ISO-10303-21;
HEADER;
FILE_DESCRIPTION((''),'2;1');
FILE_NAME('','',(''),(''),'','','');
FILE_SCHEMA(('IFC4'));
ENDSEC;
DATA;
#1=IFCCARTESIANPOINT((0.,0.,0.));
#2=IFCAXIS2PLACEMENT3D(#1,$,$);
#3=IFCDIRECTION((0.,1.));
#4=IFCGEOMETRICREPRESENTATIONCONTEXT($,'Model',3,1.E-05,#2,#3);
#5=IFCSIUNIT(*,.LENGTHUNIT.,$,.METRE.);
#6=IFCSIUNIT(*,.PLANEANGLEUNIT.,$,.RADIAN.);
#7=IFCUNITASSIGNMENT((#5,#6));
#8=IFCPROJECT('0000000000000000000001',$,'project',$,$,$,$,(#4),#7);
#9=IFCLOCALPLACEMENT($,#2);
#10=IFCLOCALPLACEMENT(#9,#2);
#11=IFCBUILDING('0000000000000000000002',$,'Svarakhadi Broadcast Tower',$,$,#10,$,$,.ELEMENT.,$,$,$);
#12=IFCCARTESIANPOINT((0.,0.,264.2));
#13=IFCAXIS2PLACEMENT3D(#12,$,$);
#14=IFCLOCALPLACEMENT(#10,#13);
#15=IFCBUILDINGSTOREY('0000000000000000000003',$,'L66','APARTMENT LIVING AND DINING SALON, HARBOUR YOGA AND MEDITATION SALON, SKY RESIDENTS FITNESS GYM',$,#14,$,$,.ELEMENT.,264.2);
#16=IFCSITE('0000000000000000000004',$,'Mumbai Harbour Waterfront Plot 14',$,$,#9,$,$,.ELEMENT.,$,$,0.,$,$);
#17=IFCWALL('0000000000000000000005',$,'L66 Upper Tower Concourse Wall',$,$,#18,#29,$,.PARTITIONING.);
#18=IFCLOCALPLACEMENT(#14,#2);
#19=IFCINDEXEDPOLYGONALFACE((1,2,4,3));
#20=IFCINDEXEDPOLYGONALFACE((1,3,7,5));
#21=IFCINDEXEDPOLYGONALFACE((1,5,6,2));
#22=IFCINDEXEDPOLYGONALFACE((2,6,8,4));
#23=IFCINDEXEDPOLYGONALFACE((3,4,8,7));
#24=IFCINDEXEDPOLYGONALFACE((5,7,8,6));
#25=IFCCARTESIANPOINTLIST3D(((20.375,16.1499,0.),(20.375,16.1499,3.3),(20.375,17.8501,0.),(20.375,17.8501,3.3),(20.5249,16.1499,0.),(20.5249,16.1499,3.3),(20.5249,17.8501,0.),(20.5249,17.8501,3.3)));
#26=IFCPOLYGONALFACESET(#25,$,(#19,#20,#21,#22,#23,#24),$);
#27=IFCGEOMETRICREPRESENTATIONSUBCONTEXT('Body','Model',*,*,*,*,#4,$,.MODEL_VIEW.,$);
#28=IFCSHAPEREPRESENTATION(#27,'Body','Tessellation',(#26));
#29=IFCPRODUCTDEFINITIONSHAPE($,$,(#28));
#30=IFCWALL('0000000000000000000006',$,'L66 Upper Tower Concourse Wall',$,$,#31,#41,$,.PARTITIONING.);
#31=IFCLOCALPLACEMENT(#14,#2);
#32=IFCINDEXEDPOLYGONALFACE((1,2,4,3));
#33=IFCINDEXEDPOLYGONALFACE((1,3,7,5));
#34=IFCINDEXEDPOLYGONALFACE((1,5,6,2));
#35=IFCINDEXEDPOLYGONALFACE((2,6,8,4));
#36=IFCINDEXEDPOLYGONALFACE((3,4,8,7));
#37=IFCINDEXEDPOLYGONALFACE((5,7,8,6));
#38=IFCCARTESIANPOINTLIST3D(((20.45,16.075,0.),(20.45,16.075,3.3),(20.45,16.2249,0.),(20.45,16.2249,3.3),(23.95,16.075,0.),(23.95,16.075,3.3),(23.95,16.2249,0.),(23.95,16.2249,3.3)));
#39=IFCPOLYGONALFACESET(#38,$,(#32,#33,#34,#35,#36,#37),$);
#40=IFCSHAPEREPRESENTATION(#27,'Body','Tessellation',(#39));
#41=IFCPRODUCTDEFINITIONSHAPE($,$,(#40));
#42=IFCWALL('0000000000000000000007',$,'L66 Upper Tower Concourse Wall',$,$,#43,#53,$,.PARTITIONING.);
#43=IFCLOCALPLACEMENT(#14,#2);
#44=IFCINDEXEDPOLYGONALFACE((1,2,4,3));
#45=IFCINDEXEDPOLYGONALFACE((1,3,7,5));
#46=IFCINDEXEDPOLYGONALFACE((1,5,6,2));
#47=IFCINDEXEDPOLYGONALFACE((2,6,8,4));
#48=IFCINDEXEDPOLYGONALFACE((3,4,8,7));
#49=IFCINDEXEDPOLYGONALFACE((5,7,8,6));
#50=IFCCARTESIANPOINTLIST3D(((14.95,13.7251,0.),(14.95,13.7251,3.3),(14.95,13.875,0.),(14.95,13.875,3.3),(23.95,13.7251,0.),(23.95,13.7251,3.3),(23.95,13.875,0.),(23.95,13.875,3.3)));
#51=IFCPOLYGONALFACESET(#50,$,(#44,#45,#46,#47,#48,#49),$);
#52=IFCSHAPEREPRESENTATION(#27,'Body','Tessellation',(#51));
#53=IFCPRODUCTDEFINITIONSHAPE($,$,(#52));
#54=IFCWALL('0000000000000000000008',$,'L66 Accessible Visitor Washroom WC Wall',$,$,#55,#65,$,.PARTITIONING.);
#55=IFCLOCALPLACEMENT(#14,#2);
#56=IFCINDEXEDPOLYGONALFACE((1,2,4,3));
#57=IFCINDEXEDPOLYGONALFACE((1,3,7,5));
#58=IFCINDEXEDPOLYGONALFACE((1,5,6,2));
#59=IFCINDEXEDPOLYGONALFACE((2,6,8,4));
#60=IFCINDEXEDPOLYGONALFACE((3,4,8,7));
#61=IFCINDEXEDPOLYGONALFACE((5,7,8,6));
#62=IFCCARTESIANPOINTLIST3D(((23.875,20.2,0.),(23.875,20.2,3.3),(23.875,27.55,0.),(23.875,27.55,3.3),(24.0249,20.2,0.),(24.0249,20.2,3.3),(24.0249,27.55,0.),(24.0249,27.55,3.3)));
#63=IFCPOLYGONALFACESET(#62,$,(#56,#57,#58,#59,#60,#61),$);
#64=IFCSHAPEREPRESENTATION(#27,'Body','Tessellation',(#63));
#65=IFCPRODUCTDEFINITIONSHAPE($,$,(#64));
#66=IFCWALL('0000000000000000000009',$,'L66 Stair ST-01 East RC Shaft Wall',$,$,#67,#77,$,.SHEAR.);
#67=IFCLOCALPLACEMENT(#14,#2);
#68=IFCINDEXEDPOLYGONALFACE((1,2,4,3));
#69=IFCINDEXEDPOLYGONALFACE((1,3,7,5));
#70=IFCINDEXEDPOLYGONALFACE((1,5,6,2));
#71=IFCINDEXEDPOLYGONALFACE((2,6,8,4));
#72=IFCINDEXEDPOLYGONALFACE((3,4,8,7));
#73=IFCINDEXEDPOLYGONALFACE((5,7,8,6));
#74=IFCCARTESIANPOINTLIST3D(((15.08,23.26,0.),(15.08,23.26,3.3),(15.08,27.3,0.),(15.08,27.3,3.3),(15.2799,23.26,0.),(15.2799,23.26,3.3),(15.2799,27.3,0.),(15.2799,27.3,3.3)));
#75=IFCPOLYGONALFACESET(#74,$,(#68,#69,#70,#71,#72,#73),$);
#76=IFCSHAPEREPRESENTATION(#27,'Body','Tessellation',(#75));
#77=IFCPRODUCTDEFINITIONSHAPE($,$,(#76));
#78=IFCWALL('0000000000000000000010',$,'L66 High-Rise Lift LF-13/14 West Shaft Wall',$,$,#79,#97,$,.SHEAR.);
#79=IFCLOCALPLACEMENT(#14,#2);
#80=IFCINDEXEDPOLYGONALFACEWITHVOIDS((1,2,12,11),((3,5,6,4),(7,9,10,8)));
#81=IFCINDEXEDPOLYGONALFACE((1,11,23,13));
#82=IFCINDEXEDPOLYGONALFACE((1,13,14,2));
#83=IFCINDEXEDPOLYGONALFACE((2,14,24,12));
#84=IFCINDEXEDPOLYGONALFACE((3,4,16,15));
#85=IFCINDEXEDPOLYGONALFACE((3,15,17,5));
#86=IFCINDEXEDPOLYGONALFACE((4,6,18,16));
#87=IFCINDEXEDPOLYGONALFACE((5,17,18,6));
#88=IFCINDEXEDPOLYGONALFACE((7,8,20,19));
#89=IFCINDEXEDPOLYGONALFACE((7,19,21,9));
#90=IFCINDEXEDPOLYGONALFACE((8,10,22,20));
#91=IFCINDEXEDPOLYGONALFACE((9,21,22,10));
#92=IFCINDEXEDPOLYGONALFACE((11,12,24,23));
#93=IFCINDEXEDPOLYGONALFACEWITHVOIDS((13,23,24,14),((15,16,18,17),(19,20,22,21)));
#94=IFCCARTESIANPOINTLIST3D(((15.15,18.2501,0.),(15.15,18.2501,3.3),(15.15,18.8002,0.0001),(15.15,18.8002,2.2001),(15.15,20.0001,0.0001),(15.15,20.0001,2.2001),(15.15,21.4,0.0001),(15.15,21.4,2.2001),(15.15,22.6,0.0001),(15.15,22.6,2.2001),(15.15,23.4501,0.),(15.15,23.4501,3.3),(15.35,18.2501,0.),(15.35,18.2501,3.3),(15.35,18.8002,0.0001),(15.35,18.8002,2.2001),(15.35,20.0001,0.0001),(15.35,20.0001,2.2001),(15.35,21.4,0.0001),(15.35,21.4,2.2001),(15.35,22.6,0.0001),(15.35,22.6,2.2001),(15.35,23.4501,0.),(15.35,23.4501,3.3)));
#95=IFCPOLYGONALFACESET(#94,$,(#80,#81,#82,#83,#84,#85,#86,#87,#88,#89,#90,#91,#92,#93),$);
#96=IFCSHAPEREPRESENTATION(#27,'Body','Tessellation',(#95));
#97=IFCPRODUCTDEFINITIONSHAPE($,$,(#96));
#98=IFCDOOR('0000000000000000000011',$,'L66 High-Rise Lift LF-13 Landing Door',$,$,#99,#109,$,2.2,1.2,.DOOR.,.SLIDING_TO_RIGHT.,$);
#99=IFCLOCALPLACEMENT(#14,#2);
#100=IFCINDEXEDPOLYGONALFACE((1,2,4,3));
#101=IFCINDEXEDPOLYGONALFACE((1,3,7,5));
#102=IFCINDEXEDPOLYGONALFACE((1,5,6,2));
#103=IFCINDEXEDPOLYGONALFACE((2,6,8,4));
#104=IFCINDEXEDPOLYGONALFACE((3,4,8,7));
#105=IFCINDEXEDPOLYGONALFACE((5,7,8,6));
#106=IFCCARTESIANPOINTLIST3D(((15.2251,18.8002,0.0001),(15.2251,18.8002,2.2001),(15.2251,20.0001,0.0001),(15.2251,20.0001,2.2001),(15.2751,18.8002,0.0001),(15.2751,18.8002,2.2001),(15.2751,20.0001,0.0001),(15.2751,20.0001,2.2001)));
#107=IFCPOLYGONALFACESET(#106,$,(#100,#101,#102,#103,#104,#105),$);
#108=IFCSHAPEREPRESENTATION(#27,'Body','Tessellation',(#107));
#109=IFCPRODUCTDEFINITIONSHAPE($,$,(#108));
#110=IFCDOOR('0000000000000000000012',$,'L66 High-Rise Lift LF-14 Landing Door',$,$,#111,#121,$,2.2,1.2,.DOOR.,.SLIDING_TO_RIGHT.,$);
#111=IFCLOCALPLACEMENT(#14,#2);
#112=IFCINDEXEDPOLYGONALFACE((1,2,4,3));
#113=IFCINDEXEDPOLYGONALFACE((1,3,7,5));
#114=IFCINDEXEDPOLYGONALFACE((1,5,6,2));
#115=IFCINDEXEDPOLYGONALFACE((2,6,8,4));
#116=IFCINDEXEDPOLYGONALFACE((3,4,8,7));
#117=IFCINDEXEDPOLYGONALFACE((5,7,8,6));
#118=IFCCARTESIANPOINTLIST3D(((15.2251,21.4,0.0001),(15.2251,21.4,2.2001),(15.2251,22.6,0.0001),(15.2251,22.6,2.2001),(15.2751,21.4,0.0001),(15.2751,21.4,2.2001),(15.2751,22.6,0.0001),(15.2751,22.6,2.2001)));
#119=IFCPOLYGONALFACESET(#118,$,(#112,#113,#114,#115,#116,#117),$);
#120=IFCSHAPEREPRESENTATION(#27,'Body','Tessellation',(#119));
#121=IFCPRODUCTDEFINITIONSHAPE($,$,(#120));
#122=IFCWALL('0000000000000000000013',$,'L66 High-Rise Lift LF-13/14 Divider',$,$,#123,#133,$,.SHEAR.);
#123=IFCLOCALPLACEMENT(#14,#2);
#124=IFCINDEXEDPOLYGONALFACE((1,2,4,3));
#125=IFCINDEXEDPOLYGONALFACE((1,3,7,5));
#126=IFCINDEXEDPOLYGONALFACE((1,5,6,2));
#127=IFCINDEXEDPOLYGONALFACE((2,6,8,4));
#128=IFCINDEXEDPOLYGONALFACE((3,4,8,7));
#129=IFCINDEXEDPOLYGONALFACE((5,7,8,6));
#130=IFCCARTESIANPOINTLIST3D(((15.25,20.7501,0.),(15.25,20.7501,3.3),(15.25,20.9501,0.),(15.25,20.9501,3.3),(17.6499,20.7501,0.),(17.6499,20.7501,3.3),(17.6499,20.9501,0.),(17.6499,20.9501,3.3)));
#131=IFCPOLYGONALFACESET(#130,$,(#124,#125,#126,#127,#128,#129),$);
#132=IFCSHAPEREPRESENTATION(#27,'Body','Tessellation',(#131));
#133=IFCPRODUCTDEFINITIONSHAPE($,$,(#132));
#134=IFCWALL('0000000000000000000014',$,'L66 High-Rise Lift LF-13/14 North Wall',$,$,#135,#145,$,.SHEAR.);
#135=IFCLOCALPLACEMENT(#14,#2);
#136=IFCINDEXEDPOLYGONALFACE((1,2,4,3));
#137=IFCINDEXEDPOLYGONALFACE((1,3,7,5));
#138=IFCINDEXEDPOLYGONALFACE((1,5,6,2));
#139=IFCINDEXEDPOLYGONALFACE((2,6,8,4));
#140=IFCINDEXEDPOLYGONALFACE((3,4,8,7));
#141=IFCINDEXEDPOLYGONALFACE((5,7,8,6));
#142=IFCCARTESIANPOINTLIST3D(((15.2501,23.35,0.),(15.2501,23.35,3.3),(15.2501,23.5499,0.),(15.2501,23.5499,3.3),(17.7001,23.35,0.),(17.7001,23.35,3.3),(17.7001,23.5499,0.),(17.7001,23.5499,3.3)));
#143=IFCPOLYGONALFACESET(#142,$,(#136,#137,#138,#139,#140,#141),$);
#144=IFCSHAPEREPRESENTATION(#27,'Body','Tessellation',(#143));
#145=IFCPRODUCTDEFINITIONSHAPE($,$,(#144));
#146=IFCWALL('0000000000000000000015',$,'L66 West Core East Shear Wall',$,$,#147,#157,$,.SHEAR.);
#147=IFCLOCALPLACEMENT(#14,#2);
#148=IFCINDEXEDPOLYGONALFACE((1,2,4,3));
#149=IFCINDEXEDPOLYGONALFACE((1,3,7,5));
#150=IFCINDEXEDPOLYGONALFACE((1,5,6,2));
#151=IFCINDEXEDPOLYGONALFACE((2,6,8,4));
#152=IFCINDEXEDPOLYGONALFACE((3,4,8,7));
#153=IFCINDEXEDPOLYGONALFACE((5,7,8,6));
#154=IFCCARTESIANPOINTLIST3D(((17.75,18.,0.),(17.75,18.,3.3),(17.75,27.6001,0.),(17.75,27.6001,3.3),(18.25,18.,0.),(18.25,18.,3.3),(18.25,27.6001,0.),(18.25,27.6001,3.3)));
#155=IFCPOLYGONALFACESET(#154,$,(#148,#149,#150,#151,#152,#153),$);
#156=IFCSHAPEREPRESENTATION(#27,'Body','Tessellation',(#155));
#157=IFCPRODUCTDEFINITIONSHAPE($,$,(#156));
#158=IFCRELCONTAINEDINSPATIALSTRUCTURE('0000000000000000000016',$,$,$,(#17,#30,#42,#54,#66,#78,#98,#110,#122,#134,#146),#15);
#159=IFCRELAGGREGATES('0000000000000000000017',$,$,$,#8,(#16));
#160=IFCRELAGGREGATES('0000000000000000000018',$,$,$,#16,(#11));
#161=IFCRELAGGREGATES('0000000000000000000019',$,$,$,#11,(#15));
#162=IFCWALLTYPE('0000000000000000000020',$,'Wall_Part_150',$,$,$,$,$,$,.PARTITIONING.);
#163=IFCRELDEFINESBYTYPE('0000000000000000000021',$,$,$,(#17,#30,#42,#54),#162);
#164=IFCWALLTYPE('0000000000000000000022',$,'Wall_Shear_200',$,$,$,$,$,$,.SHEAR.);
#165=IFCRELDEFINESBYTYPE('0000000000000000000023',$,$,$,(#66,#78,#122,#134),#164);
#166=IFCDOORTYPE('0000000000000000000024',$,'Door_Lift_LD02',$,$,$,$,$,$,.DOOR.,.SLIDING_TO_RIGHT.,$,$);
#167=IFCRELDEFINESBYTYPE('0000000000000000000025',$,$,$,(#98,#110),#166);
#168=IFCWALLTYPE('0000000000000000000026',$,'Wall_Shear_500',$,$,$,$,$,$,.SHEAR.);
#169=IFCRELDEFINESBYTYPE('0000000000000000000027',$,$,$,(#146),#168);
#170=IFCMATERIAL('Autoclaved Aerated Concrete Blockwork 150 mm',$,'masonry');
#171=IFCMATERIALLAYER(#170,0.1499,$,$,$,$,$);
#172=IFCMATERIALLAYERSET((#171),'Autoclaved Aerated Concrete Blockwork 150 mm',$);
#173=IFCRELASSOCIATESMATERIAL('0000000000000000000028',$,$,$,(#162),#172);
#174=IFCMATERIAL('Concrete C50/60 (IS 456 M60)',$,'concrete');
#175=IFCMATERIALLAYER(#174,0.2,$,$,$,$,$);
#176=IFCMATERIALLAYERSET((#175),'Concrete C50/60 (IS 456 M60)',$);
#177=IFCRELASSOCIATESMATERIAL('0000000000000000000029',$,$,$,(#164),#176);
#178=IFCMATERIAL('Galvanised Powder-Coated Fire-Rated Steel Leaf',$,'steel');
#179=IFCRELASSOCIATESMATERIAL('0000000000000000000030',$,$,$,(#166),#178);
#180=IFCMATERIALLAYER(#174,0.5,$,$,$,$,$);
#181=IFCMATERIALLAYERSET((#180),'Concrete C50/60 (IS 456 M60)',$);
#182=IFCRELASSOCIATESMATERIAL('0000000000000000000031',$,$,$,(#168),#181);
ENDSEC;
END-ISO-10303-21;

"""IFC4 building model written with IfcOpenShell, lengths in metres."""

from ifc_helpers import new_model, si_unit, direction, frame, frame_2d, origin, place, context, subcontext, project, spatial, rectangle, extrude, material, layer, layer_set, type_object, element, fill, save


model = new_model("IFC4")

# Units and contexts
model_context = context("Model", 3, precision=1e-05, world=origin(), true_north=direction((0.0, 1.0)))
body_context = subcontext(model_context, "Body", "Model", "MODEL_VIEW")
ifc_project = project(units=[si_unit("LENGTHUNIT", "METRE"), si_unit("PLANEANGLEUNIT", "RADIAN")], contexts=[model_context])

# Site, building, storey
site_placement = place(None, origin())
site = spatial("IfcSite", under=ifc_project, at=site_placement, Name="Mumbai Harbour Waterfront Plot 14", CompositionType="ELEMENT", RefElevation=0.0)
building_placement = place(site_placement, origin())
building = spatial("IfcBuilding", under=site, at=building_placement, Name="Svarakhadi Broadcast Tower", CompositionType="ELEMENT")
storey_placement = place(building_placement, frame((0.0, 0.0, 264.2)))
storey = spatial("IfcBuildingStorey", under=building, at=storey_placement, Name="L66", Description="APARTMENT LIVING AND DINING SALON, HARBOUR YOGA AND MEDITATION SALON, SKY RESIDENTS FITNESS GYM", CompositionType="ELEMENT", Elevation=264.2)

# Shared definitions
ifc_material_1 = material(Name="Concrete C50/60 (IS 456 M60)", Category="concrete")

# Shared definitions
ifc_material_2 = material(Name="Autoclaved Aerated Concrete Blockwork 150 mm", Category="masonry")
ifc_layer_1 = layer(ifc_material_2, 0.1499)
ifc_layer_set_1 = layer_set([ifc_layer_1], Name="Autoclaved Aerated Concrete Blockwork 150 mm")
wall_type_1 = type_object("IfcWallType", Name="Wall_Part_150", PredefinedType="PARTITIONING", material=ifc_layer_set_1)
ifc_material_3 = material(Name="Galvanised Powder-Coated Fire-Rated Steel Leaf", Category="steel")

# Walls
wall_1_placement = place(storey_placement, frame((20.45, 17.8501, 0.0), z_axis=(0.0, 0.0, 1.0), x_axis=(0.0, -1.0, 0.0)))
element("IfcWall", 1, at=wall_1_placement, inside=storey, type_object=wall_type_1, Name="L66 Upper Tower Concourse Wall", PredefinedType="PARTITIONING", context=body_context, shape_type="SweptSolid", body=[
    extrude(rectangle(XDim=1.7002, YDim=0.1499, at=frame_2d((0.8501, 0.0))), origin(), (0.0, 0.0, 1.0), 3.3),
])
wall_2_placement = place(storey_placement, frame((20.45, 16.1499, 0.0), z_axis=(0.0, 0.0, 1.0), x_axis=(1.0, 0.0, 0.0)))
element("IfcWall", 2, at=wall_2_placement, inside=storey, type_object=wall_type_1, Name="L66 Upper Tower Concourse Wall", PredefinedType="PARTITIONING", context=body_context, shape_type="SweptSolid", body=[
    extrude(rectangle(XDim=3.5, YDim=0.1499, at=frame_2d((1.75, 0.0))), origin(), (0.0, 0.0, 1.0), 3.3),
])
wall_3_placement = place(storey_placement, frame((23.95, 13.8, 0.0), z_axis=(0.0, 0.0, 1.0), x_axis=(-1.0, 0.0, 0.0)))
element("IfcWall", 3, at=wall_3_placement, inside=storey, type_object=wall_type_1, Name="L66 Upper Tower Concourse Wall", PredefinedType="PARTITIONING", context=body_context, shape_type="SweptSolid", body=[
    extrude(rectangle(XDim=9.0, YDim=0.1499, at=frame_2d((4.5, 0.0))), origin(), (0.0, 0.0, 1.0), 3.3),
])
wall_4_placement = place(storey_placement, frame((23.95, 20.2, 0.0), z_axis=(0.0, 0.0, 1.0), x_axis=(0.0, 1.0, 0.0)))
element("IfcWall", 4, at=wall_4_placement, inside=storey, type_object=wall_type_1, Name="L66 Accessible Visitor Washroom WC Wall", PredefinedType="PARTITIONING", context=body_context, shape_type="SweptSolid", body=[
    extrude(rectangle(XDim=7.3501, YDim=0.1499, at=frame_2d((3.675, 0.0))), origin(), (0.0, 0.0, 1.0), 3.3),
])
ifc_layer_2 = layer(ifc_material_1, 0.2)
ifc_layer_set_2 = layer_set([ifc_layer_2], Name="Concrete C50/60 (IS 456 M60)")
wall_type_2 = type_object("IfcWallType", Name="Wall_Shear_200", PredefinedType="SHEAR", material=ifc_layer_set_2)
wall_5_placement = place(storey_placement, frame((15.1799, 23.26, 0.0), z_axis=(0.0, 0.0, 1.0), x_axis=(0.0, 1.0, 0.0)))
element("IfcWall", 5, at=wall_5_placement, inside=storey, type_object=wall_type_2, Name="L66 Stair ST-01 East RC Shaft Wall", PredefinedType="SHEAR", context=body_context, shape_type="SweptSolid", body=[
    extrude(rectangle(XDim=4.04, YDim=0.2, at=frame_2d((2.02, 0.0))), origin(), (0.0, 0.0, 1.0), 3.3),
])

# Wall, openings, doors
wall_6_placement = place(storey_placement, frame((15.25, 18.25, 0.0), z_axis=(0.0, 0.0, 1.0), x_axis=(0.0, 1.0, 0.0)))
wall_6 = element("IfcWall", 6, at=wall_6_placement, inside=storey, type_object=wall_type_2, Name="L66 High-Rise Lift LF-13/14 West Shaft Wall", PredefinedType="SHEAR", context=body_context, shape_type="SweptSolid", body=[
    extrude(rectangle(XDim=5.2, YDim=0.2, at=frame_2d((2.6001, 0.0))), origin(), (0.0, 0.0, 1.0), 3.3),
])
opening_1_placement = place(wall_6_placement, frame((0.55, 0.0, 0.0)))
opening_1 = element("IfcOpeningElement", 7, at=opening_1_placement, cuts=wall_6, PredefinedType="OPENING", context=body_context, shape_type="SweptSolid", body=[
    extrude(rectangle(XDim=1.2, YDim=2.2, at=frame_2d((0.6001, 1.1001))), frame((0.0, 0.1099, 0.0), z_axis=(0.0, -1.0, 0.0), x_axis=(1.0, 0.0, 0.0)), (0.0, 0.0, 1.0), 0.22),
])
opening_2_placement = place(wall_6_placement, frame((3.1499, 0.0, 0.0)))
opening_2 = element("IfcOpeningElement", 8, at=opening_2_placement, cuts=wall_6, PredefinedType="OPENING", context=body_context, shape_type="SweptSolid", body=[
    extrude(rectangle(XDim=1.2, YDim=2.2, at=frame_2d((0.6001, 1.1001))), frame((0.0, 0.1099, 0.0), z_axis=(0.0, -1.0, 0.0), x_axis=(1.0, 0.0, 0.0)), (0.0, 0.0, 1.0), 0.22),
])
door_type_1 = type_object("IfcDoorType", Name="Door_Lift_LD02", OperationType="SLIDING_TO_RIGHT", PredefinedType="DOOR", material=ifc_material_3)
door_1_placement = place(opening_1_placement, origin())
door_1 = element("IfcDoor", 9, at=door_1_placement, inside=storey, type_object=door_type_1, Name="L66 High-Rise Lift LF-13 Landing Door", OperationType="SLIDING_TO_RIGHT", OverallHeight=2.2, OverallWidth=1.2, PredefinedType="DOOR", context=body_context, shape_type="SweptSolid", body=[
    extrude(rectangle(XDim=1.2, YDim=2.2, at=frame_2d((0.6001, 1.1001))), frame((0.0, 0.0249, 0.0), z_axis=(0.0, -1.0, 0.0), x_axis=(1.0, 0.0, 0.0)), (0.0, 0.0, 1.0), 0.05),
])
fill(opening_1, door_1)
door_2_placement = place(opening_2_placement, origin())
door_2 = element("IfcDoor", 10, at=door_2_placement, inside=storey, type_object=door_type_1, Name="L66 High-Rise Lift LF-14 Landing Door", OperationType="SLIDING_TO_RIGHT", OverallHeight=2.2, OverallWidth=1.2, PredefinedType="DOOR", context=body_context, shape_type="SweptSolid", body=[
    extrude(rectangle(XDim=1.2, YDim=2.2, at=frame_2d((0.6001, 1.1001))), frame((0.0, 0.0249, 0.0), z_axis=(0.0, -1.0, 0.0), x_axis=(1.0, 0.0, 0.0)), (0.0, 0.0, 1.0), 0.05),
])
fill(opening_2, door_2)

# Walls
wall_7_placement = place(storey_placement, frame((15.25, 20.8501, 0.0), z_axis=(0.0, 0.0, 1.0), x_axis=(1.0, 0.0, 0.0)))
element("IfcWall", 11, at=wall_7_placement, inside=storey, type_object=wall_type_2, Name="L66 High-Rise Lift LF-13/14 Divider", PredefinedType="SHEAR", context=body_context, shape_type="SweptSolid", body=[
    extrude(rectangle(XDim=2.3999, YDim=0.2, at=frame_2d((1.2, 0.0))), origin(), (0.0, 0.0, 1.0), 3.3),
])
wall_8_placement = place(storey_placement, frame((15.25, 23.45, 0.0), z_axis=(0.0, 0.0, 1.0), x_axis=(1.0, 0.0, 0.0)))
element("IfcWall", 12, at=wall_8_placement, inside=storey, type_object=wall_type_2, Name="L66 High-Rise Lift LF-13/14 North Wall", PredefinedType="SHEAR", context=body_context, shape_type="SweptSolid", body=[
    extrude(rectangle(XDim=2.45, YDim=0.2, at=frame_2d((1.2251, 0.0))), origin(), (0.0, 0.0, 1.0), 3.3),
])
ifc_layer_3 = layer(ifc_material_1, 0.5)
ifc_layer_set_3 = layer_set([ifc_layer_3], Name="Concrete C50/60 (IS 456 M60)")
wall_type_3 = type_object("IfcWallType", Name="Wall_Shear_500", PredefinedType="SHEAR", material=ifc_layer_set_3)
wall_9_placement = place(storey_placement, frame((18.0, 18.0, 0.0), z_axis=(0.0, 0.0, 1.0), x_axis=(0.0, 1.0, 0.0)))
element("IfcWall", 13, at=wall_9_placement, inside=storey, type_object=wall_type_3, Name="L66 West Core East Shear Wall", PredefinedType="SHEAR", context=body_context, shape_type="SweptSolid", body=[
    extrude(rectangle(XDim=9.6001, YDim=0.5, at=frame_2d((4.8, 0.0))), origin(), (0.0, 0.0, 1.0), 3.3),
])

save(model, "model.ifc")
